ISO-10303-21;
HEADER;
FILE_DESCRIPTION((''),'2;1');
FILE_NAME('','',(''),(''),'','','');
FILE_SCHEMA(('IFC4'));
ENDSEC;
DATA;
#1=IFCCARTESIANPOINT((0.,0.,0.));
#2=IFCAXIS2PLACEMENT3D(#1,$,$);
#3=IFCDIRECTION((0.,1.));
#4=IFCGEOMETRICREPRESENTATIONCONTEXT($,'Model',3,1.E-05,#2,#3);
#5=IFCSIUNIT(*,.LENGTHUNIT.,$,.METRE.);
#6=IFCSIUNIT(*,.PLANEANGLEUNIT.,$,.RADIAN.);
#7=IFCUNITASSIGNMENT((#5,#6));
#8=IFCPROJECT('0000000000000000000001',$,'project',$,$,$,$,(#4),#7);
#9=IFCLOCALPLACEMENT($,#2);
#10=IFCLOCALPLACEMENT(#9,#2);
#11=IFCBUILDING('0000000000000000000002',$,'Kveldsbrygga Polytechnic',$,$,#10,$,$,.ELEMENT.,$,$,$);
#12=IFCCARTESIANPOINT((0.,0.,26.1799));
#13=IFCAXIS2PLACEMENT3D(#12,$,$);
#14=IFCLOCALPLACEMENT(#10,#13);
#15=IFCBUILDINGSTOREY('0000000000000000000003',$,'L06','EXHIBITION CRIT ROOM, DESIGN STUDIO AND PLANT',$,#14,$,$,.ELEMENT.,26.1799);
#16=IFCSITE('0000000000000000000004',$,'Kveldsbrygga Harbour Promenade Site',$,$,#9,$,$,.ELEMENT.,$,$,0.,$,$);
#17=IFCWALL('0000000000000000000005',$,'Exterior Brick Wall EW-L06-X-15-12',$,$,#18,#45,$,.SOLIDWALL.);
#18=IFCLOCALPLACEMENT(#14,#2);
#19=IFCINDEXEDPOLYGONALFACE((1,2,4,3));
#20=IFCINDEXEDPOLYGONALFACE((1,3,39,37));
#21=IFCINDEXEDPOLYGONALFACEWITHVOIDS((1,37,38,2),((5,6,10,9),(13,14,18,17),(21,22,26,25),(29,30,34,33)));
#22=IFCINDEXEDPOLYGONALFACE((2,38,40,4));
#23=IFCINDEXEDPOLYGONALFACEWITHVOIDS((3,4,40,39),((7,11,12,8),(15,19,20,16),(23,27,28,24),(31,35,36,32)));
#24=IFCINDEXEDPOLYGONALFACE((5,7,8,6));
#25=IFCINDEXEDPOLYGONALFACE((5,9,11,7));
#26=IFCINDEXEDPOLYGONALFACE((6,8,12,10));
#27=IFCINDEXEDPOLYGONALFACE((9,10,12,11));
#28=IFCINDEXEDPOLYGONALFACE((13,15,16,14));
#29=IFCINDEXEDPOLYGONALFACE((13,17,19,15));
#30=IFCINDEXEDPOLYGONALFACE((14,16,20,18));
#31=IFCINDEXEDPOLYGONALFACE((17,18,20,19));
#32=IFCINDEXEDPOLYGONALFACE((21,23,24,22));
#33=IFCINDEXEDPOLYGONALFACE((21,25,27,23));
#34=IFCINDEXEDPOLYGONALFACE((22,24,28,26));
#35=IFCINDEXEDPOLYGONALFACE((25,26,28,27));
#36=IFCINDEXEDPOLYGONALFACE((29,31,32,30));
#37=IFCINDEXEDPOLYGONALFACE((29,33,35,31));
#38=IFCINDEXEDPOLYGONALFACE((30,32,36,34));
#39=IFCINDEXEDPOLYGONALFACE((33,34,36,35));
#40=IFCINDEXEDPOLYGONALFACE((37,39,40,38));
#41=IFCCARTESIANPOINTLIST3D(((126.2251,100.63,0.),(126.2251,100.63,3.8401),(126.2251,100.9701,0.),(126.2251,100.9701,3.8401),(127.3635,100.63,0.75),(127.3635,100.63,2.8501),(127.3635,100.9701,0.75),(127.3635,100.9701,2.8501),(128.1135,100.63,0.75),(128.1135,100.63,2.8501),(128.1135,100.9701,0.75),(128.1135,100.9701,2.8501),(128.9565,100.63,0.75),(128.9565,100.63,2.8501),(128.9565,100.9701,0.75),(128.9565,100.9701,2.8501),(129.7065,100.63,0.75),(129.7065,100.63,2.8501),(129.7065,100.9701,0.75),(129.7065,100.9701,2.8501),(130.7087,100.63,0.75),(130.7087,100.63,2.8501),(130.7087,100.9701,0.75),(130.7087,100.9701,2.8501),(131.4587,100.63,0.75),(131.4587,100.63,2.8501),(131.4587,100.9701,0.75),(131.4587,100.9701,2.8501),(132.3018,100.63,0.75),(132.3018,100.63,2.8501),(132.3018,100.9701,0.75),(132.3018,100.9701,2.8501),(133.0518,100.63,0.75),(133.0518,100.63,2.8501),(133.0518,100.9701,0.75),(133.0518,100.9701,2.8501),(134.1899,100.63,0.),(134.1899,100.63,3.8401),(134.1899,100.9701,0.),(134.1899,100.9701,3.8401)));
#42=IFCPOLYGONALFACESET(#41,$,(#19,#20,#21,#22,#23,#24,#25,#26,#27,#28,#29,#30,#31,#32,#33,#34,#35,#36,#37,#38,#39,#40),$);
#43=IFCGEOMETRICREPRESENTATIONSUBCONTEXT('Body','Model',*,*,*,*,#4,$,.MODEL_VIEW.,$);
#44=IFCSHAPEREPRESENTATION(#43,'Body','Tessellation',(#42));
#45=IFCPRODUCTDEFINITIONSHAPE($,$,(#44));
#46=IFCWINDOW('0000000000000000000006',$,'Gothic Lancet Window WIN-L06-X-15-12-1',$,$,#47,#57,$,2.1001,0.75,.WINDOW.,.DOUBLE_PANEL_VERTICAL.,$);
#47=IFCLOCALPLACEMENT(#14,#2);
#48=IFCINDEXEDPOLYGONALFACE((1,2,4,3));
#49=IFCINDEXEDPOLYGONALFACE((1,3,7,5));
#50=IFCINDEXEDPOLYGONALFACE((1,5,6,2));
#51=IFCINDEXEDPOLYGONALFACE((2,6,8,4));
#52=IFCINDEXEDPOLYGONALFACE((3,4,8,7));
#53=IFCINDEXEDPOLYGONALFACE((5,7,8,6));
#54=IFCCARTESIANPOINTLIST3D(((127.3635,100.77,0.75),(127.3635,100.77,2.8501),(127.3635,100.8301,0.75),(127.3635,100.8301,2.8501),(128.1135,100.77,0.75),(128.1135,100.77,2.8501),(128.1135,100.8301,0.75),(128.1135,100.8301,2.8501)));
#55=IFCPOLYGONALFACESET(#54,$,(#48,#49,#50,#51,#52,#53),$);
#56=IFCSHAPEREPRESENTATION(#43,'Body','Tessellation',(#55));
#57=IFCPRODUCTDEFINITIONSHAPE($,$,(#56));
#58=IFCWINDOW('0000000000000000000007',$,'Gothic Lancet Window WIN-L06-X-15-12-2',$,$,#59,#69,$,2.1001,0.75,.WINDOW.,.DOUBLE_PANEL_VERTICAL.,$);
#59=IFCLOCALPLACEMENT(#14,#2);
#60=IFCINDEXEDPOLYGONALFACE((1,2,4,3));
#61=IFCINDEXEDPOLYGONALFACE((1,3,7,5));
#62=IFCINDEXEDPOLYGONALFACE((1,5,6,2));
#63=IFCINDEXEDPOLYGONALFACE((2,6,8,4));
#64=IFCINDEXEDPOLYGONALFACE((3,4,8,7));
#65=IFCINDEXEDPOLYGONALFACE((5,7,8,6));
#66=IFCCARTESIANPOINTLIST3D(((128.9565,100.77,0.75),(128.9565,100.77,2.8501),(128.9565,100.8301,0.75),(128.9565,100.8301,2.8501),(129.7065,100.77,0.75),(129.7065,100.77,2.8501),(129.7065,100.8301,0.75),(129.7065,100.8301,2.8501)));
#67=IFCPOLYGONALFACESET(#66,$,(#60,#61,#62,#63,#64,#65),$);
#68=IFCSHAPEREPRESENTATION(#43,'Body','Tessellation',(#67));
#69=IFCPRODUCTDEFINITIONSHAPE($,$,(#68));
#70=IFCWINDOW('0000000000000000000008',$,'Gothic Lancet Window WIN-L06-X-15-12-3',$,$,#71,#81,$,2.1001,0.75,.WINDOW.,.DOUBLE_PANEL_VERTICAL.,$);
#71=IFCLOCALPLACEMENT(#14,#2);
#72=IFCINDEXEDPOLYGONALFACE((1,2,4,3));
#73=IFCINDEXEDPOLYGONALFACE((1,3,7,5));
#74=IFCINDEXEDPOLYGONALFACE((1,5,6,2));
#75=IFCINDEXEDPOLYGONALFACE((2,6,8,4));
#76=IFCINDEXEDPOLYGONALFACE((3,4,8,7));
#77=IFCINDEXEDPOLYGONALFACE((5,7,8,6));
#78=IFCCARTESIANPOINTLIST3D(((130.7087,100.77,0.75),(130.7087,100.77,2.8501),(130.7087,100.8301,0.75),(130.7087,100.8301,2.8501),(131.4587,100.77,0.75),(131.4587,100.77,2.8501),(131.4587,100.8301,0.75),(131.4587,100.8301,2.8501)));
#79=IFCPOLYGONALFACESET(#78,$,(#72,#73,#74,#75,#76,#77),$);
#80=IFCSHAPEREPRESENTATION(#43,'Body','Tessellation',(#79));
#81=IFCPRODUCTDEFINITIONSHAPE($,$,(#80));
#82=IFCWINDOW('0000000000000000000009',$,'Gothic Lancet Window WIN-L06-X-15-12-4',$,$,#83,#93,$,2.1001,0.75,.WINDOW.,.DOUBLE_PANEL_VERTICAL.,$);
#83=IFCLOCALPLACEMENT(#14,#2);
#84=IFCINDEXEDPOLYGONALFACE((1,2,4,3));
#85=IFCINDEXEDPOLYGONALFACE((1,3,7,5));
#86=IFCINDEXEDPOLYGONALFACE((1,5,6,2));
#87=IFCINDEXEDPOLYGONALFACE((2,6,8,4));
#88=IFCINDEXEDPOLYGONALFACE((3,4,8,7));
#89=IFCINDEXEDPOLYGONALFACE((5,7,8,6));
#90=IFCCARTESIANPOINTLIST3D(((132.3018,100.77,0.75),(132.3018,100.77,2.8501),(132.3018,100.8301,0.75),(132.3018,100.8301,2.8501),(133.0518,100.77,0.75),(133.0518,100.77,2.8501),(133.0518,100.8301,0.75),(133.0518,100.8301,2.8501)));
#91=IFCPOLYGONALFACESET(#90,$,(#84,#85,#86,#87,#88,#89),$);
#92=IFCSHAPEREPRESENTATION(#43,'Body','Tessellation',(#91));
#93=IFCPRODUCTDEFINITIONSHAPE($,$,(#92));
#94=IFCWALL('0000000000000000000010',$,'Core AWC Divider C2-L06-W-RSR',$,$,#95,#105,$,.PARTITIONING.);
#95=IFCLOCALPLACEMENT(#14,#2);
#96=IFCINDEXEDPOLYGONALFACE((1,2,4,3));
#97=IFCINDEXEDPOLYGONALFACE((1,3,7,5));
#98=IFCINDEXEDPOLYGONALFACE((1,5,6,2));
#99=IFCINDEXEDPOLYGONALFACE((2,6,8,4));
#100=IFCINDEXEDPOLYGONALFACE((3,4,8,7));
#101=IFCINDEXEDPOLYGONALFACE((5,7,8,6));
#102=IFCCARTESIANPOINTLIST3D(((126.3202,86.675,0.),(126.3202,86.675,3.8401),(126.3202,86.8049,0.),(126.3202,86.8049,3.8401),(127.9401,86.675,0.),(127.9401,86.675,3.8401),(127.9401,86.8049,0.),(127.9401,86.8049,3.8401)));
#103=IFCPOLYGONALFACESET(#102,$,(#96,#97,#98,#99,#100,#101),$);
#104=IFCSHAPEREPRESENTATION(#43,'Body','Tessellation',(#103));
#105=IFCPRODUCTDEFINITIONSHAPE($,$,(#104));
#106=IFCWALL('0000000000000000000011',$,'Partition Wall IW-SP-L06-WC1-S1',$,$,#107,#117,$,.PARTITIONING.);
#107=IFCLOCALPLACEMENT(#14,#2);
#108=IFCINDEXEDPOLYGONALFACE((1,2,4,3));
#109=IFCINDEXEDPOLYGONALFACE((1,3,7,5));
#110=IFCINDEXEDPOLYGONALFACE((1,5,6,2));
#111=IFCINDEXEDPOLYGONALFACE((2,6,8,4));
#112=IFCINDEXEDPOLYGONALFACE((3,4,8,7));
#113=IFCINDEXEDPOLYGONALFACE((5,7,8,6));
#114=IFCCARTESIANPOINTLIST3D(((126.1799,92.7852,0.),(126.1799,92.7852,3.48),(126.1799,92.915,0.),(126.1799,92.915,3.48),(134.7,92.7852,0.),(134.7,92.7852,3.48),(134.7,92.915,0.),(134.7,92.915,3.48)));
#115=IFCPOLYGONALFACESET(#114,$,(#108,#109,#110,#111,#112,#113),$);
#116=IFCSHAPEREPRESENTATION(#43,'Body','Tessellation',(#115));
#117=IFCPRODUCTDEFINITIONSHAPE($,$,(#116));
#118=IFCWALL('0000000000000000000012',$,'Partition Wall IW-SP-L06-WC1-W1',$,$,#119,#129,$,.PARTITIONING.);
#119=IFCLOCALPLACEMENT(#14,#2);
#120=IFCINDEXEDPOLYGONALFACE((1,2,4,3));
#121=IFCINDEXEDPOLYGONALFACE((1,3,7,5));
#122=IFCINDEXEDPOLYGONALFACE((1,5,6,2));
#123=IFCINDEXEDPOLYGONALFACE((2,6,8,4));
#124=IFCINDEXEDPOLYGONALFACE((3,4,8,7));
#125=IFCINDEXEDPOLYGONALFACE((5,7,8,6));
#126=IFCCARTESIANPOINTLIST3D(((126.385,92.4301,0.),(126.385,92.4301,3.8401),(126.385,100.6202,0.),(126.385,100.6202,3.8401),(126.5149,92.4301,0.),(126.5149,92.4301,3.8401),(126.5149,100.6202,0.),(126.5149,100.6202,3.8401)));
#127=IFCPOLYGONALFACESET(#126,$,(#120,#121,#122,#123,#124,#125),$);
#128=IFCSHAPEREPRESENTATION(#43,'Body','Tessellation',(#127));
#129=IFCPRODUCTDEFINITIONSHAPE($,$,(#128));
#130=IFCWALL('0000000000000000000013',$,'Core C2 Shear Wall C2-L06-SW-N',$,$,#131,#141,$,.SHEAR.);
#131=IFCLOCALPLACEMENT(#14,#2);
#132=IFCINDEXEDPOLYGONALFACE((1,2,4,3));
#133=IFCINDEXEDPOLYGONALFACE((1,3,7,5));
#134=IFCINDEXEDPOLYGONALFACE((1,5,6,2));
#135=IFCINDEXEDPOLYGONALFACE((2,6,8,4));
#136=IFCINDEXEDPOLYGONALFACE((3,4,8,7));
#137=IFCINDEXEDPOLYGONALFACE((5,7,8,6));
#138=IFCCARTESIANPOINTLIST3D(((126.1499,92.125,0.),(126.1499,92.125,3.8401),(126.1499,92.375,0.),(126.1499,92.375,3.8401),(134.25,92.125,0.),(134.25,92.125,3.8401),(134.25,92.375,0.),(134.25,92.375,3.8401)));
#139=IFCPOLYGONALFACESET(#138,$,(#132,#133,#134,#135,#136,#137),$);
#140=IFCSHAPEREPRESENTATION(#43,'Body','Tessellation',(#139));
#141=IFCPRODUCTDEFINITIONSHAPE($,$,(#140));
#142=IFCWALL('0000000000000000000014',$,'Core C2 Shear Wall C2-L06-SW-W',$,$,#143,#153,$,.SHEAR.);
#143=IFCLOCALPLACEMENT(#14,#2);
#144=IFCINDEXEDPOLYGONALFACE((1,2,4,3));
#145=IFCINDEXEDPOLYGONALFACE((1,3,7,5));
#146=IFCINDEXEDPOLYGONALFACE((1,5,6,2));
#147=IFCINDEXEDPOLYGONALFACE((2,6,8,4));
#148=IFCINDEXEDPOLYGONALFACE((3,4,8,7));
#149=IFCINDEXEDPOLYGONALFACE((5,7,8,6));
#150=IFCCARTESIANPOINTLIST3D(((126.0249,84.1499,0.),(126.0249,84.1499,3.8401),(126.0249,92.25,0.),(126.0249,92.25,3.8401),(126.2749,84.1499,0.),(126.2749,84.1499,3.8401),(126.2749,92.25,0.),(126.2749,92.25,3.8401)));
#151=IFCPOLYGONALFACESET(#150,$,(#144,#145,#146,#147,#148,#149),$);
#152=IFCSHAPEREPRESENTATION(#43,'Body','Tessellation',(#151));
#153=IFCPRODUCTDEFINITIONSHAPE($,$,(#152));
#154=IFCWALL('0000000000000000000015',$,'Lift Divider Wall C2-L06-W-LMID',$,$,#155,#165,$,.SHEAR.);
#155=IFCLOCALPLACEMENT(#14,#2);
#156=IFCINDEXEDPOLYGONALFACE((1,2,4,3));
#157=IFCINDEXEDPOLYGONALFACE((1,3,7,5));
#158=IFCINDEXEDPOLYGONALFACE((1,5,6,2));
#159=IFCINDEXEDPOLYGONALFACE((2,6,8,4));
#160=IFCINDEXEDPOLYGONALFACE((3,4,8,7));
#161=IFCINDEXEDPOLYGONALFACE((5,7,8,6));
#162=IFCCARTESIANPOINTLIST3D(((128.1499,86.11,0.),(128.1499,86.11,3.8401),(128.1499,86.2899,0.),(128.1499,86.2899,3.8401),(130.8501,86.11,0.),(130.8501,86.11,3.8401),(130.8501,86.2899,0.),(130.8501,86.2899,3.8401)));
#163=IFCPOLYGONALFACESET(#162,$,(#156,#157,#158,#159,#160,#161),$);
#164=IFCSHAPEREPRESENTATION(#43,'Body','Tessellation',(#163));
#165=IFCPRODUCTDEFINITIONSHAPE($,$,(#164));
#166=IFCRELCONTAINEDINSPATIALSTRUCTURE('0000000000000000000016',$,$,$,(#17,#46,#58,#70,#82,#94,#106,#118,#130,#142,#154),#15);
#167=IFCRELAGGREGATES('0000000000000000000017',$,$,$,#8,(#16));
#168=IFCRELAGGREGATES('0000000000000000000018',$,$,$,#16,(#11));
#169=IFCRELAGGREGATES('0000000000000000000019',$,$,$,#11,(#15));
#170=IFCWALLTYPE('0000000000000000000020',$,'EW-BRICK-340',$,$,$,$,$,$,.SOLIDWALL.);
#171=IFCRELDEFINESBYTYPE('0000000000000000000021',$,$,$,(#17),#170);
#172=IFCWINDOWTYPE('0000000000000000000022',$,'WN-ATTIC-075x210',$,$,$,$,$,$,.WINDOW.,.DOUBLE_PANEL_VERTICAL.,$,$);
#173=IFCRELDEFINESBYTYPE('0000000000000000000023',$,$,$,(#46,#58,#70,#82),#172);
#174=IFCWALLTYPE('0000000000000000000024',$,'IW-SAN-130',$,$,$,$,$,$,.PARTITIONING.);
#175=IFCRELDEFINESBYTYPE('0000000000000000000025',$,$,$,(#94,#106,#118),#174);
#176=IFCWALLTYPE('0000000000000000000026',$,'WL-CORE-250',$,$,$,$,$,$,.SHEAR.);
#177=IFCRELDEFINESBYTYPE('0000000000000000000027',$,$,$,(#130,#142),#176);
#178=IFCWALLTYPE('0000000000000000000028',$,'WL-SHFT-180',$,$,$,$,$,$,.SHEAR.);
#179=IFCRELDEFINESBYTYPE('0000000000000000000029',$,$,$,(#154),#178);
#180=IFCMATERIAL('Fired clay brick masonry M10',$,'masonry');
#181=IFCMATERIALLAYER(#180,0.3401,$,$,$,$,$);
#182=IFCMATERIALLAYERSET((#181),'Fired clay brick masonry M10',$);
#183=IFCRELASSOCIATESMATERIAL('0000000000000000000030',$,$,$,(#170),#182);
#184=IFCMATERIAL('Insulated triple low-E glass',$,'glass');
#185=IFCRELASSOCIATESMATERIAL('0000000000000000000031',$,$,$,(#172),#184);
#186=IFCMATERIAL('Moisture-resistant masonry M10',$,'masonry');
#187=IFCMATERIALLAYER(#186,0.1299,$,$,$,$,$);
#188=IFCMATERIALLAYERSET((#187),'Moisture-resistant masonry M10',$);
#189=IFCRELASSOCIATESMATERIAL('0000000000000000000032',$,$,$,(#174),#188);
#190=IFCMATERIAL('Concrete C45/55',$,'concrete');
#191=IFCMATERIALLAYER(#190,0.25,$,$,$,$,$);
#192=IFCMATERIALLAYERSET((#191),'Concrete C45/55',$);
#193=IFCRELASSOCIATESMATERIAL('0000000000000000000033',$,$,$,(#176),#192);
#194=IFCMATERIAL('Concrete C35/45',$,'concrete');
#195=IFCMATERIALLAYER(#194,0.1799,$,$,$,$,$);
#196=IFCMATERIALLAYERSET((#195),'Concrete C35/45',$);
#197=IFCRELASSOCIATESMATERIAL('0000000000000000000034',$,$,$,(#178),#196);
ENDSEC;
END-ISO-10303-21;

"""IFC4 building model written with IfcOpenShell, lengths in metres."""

from ifc_helpers import new_model, si_unit, direction, frame, frame_2d, origin, place, context, subcontext, project, spatial, rectangle, extrude, material, layer, layer_set, type_object, element, fill, save


model = new_model("IFC4")

# Units and contexts
model_context = context("Model", 3, precision=1e-05, world=origin(), true_north=direction((0.0, 1.0)))
body_context = subcontext(model_context, "Body", "Model", "MODEL_VIEW")
ifc_project = project(units=[si_unit("LENGTHUNIT", "METRE"), si_unit("PLANEANGLEUNIT", "RADIAN")], contexts=[model_context])

# Site, building, storey
site_placement = place(None, origin())
site = spatial("IfcSite", under=ifc_project, at=site_placement, Name="Kveldsbrygga Harbour Promenade Site", CompositionType="ELEMENT", RefElevation=0.0)
building_placement = place(site_placement, origin())
building = spatial("IfcBuilding", under=site, at=building_placement, Name="Kveldsbrygga Polytechnic", CompositionType="ELEMENT")
storey_placement = place(building_placement, frame((0.0, 0.0, 26.1799)))
storey = spatial("IfcBuildingStorey", under=building, at=storey_placement, Name="L06", Description="EXHIBITION CRIT ROOM, DESIGN STUDIO AND PLANT", CompositionType="ELEMENT", Elevation=26.1799)

# Wall, openings, windows
ifc_material_1 = material(Name="Fired clay brick masonry M10", Category="masonry")
ifc_layer_1 = layer(ifc_material_1, 0.3401)
ifc_layer_set_1 = layer_set([ifc_layer_1], Name="Fired clay brick masonry M10")
wall_type_1 = type_object("IfcWallType", Name="EW-BRICK-340", PredefinedType="SOLIDWALL", material=ifc_layer_set_1)
wall_1_placement = place(storey_placement, frame((126.2251, 100.8, 0.0), z_axis=(0.0, 0.0, 1.0), x_axis=(1.0, 0.0, 0.0)))
wall_1 = element("IfcWall", 1, at=wall_1_placement, inside=storey, type_object=wall_type_1, Name="Exterior Brick Wall EW-L06-X-15-12", PredefinedType="SOLIDWALL", context=body_context, shape_type="SweptSolid", body=[
    extrude(rectangle(XDim=7.9648, YDim=0.3401, at=frame_2d((3.9824, 0.0))), origin(), (0.0, 0.0, 1.0), 3.8401),
])
opening_1_placement = place(wall_1_placement, frame((1.1384, 0.0, 0.75)))
opening_1 = element("IfcOpeningElement", 2, at=opening_1_placement, cuts=wall_1, PredefinedType="OPENING", context=body_context, shape_type="SweptSolid", body=[
    extrude(rectangle(XDim=0.75, YDim=2.1001, at=frame_2d((0.375, 1.05))), frame((0.0, 0.1802, 0.0), z_axis=(0.0, -1.0, 0.0), x_axis=(1.0, 0.0, 0.0)), (0.0, 0.0, 1.0), 0.3601),
])
opening_2_placement = place(wall_1_placement, frame((2.7314, 0.0, 0.75)))
opening_2 = element("IfcOpeningElement", 3, at=opening_2_placement, cuts=wall_1, PredefinedType="OPENING", context=body_context, shape_type="SweptSolid", body=[
    extrude(rectangle(XDim=0.75, YDim=2.1001, at=frame_2d((0.375, 1.05))), frame((0.0, 0.1802, 0.0), z_axis=(0.0, -1.0, 0.0), x_axis=(1.0, 0.0, 0.0)), (0.0, 0.0, 1.0), 0.3601),
])
opening_3_placement = place(wall_1_placement, frame((4.4836, 0.0, 0.75)))
opening_3 = element("IfcOpeningElement", 4, at=opening_3_placement, cuts=wall_1, PredefinedType="OPENING", context=body_context, shape_type="SweptSolid", body=[
    extrude(rectangle(XDim=0.75, YDim=2.1001, at=frame_2d((0.375, 1.05))), frame((0.0, 0.1802, 0.0), z_axis=(0.0, -1.0, 0.0), x_axis=(1.0, 0.0, 0.0)), (0.0, 0.0, 1.0), 0.3601),
])
opening_4_placement = place(wall_1_placement, frame((6.0767, 0.0, 0.75)))
opening_4 = element("IfcOpeningElement", 5, at=opening_4_placement, cuts=wall_1, PredefinedType="OPENING", context=body_context, shape_type="SweptSolid", body=[
    extrude(rectangle(XDim=0.75, YDim=2.1001, at=frame_2d((0.375, 1.05))), frame((0.0, 0.1802, 0.0), z_axis=(0.0, -1.0, 0.0), x_axis=(1.0, 0.0, 0.0)), (0.0, 0.0, 1.0), 0.3601),
])
ifc_material_2 = material(Name="Insulated triple low-E glass", Category="glass")
window_type = type_object("IfcWindowType", Name="WN-ATTIC-075x210", PartitioningType="DOUBLE_PANEL_VERTICAL", PredefinedType="WINDOW", material=ifc_material_2)
window_1_placement = place(opening_1_placement, origin())
window_1 = element("IfcWindow", 6, at=window_1_placement, inside=storey, type_object=window_type, Name="Gothic Lancet Window WIN-L06-X-15-12-1", OverallHeight=2.1001, OverallWidth=0.75, PartitioningType="DOUBLE_PANEL_VERTICAL", PredefinedType="WINDOW", context=body_context, shape_type="SweptSolid", body=[
    extrude(rectangle(XDim=0.75, YDim=2.1001, at=frame_2d((0.375, 1.05))), frame((0.0, 0.03, 0.0), z_axis=(0.0, -1.0, 0.0), x_axis=(1.0, 0.0, 0.0)), (0.0, 0.0, 1.0), 0.0601),
])
fill(opening_1, window_1)
window_2_placement = place(opening_2_placement, origin())
window_2 = element("IfcWindow", 7, at=window_2_placement, inside=storey, type_object=window_type, Name="Gothic Lancet Window WIN-L06-X-15-12-2", OverallHeight=2.1001, OverallWidth=0.75, PartitioningType="DOUBLE_PANEL_VERTICAL", PredefinedType="WINDOW", context=body_context, shape_type="SweptSolid", body=[
    extrude(rectangle(XDim=0.75, YDim=2.1001, at=frame_2d((0.375, 1.05))), frame((0.0, 0.03, 0.0), z_axis=(0.0, -1.0, 0.0), x_axis=(1.0, 0.0, 0.0)), (0.0, 0.0, 1.0), 0.0601),
])
fill(opening_2, window_2)
window_3_placement = place(opening_3_placement, origin())
window_3 = element("IfcWindow", 8, at=window_3_placement, inside=storey, type_object=window_type, Name="Gothic Lancet Window WIN-L06-X-15-12-3", OverallHeight=2.1001, OverallWidth=0.75, PartitioningType="DOUBLE_PANEL_VERTICAL", PredefinedType="WINDOW", context=body_context, shape_type="SweptSolid", body=[
    extrude(rectangle(XDim=0.75, YDim=2.1001, at=frame_2d((0.375, 1.05))), frame((0.0, 0.03, 0.0), z_axis=(0.0, -1.0, 0.0), x_axis=(1.0, 0.0, 0.0)), (0.0, 0.0, 1.0), 0.0601),
])
fill(opening_3, window_3)
window_4_placement = place(opening_4_placement, origin())
window_4 = element("IfcWindow", 9, at=window_4_placement, inside=storey, type_object=window_type, Name="Gothic Lancet Window WIN-L06-X-15-12-4", OverallHeight=2.1001, OverallWidth=0.75, PartitioningType="DOUBLE_PANEL_VERTICAL", PredefinedType="WINDOW", context=body_context, shape_type="SweptSolid", body=[
    extrude(rectangle(XDim=0.75, YDim=2.1001, at=frame_2d((0.375, 1.05))), frame((0.0, 0.03, 0.0), z_axis=(0.0, -1.0, 0.0), x_axis=(1.0, 0.0, 0.0)), (0.0, 0.0, 1.0), 0.0601),
])
fill(opening_4, window_4)

# Walls
ifc_material_3 = material(Name="Moisture-resistant masonry M10", Category="masonry")
ifc_layer_2 = layer(ifc_material_3, 0.1299)
ifc_layer_set_2 = layer_set([ifc_layer_2], Name="Moisture-resistant masonry M10")
wall_type_2 = type_object("IfcWallType", Name="IW-SAN-130", PredefinedType="PARTITIONING", material=ifc_layer_set_2)
wall_2_placement = place(storey_placement, frame((126.3201, 86.74, 0.0), z_axis=(0.0, 0.0, 1.0), x_axis=(1.0, 0.0, 0.0)))
element("IfcWall", 10, at=wall_2_placement, inside=storey, type_object=wall_type_2, Name="Core AWC Divider C2-L06-W-RSR", PredefinedType="PARTITIONING", context=body_context, shape_type="SweptSolid", body=[
    extrude(rectangle(XDim=1.6199, YDim=0.1299, at=frame_2d((0.8101, 0.0))), origin(), (0.0, 0.0, 1.0), 3.8401),
])
wall_3_placement = place(storey_placement, frame((126.1799, 92.8501, 0.0), z_axis=(0.0, 0.0, 1.0), x_axis=(1.0, 0.0, 0.0)))
element("IfcWall", 11, at=wall_3_placement, inside=storey, type_object=wall_type_2, Name="Partition Wall IW-SP-L06-WC1-S1", PredefinedType="PARTITIONING", context=body_context, shape_type="SweptSolid", body=[
    extrude(rectangle(XDim=8.52, YDim=0.1299, at=frame_2d((4.26, 0.0))), origin(), (0.0, 0.0, 1.0), 3.48),
])
wall_4_placement = place(storey_placement, frame((126.45, 92.4299, 0.0), z_axis=(0.0, 0.0, 1.0), x_axis=(0.0, 1.0, 0.0)))
element("IfcWall", 12, at=wall_4_placement, inside=storey, type_object=wall_type_2, Name="Partition Wall IW-SP-L06-WC1-W1", PredefinedType="PARTITIONING", context=body_context, shape_type="SweptSolid", body=[
    extrude(rectangle(XDim=8.1902, YDim=0.1299, at=frame_2d((4.0952, 0.0))), origin(), (0.0, 0.0, 1.0), 3.8401),
])
ifc_material_4 = material(Name="Concrete C45/55", Category="concrete")
ifc_layer_3 = layer(ifc_material_4, 0.25)
ifc_layer_set_3 = layer_set([ifc_layer_3], Name="Concrete C45/55")
wall_type_3 = type_object("IfcWallType", Name="WL-CORE-250", PredefinedType="SHEAR", material=ifc_layer_set_3)
for number, where, z_axis, x_axis, name in (
    (13, (126.1499, 92.25, 0.0), (0.0, 0.0, 1.0), (1.0, 0.0, 0.0), "Core C2 Shear Wall C2-L06-SW-N"),
    (14, (126.1499, 84.1499, 0.0), (0.0, 0.0, 1.0), (0.0, 1.0, 0.0), "Core C2 Shear Wall C2-L06-SW-W"),
):
    element("IfcWall", number, at=place(storey_placement, frame(where, z_axis=z_axis, x_axis=x_axis)), inside=storey, type_object=wall_type_3, Name=name, PredefinedType="SHEAR", context=body_context, shape_type="SweptSolid", body=[
        extrude(rectangle(XDim=8.1001, YDim=0.25, at=frame_2d((4.05, 0.0))), origin(), (0.0, 0.0, 1.0), 3.8401),
    ])

# Wall
ifc_material_5 = material(Name="Concrete C35/45", Category="concrete")
ifc_layer_4 = layer(ifc_material_5, 0.1799)
ifc_layer_set_4 = layer_set([ifc_layer_4], Name="Concrete C35/45")
wall_type_4 = type_object("IfcWallType", Name="WL-SHFT-180", PredefinedType="SHEAR", material=ifc_layer_set_4)
wall_5_placement = place(storey_placement, frame((128.1499, 86.2, 0.0), z_axis=(0.0, 0.0, 1.0), x_axis=(1.0, 0.0, 0.0)))
element("IfcWall", 15, at=wall_5_placement, inside=storey, type_object=wall_type_4, Name="Lift Divider Wall C2-L06-W-LMID", PredefinedType="SHEAR", context=body_context, shape_type="SweptSolid", body=[
    extrude(rectangle(XDim=2.7002, YDim=0.1799, at=frame_2d((1.3501, 0.0))), origin(), (0.0, 0.0, 1.0), 3.8401),
])

save(model, "model.ifc")
